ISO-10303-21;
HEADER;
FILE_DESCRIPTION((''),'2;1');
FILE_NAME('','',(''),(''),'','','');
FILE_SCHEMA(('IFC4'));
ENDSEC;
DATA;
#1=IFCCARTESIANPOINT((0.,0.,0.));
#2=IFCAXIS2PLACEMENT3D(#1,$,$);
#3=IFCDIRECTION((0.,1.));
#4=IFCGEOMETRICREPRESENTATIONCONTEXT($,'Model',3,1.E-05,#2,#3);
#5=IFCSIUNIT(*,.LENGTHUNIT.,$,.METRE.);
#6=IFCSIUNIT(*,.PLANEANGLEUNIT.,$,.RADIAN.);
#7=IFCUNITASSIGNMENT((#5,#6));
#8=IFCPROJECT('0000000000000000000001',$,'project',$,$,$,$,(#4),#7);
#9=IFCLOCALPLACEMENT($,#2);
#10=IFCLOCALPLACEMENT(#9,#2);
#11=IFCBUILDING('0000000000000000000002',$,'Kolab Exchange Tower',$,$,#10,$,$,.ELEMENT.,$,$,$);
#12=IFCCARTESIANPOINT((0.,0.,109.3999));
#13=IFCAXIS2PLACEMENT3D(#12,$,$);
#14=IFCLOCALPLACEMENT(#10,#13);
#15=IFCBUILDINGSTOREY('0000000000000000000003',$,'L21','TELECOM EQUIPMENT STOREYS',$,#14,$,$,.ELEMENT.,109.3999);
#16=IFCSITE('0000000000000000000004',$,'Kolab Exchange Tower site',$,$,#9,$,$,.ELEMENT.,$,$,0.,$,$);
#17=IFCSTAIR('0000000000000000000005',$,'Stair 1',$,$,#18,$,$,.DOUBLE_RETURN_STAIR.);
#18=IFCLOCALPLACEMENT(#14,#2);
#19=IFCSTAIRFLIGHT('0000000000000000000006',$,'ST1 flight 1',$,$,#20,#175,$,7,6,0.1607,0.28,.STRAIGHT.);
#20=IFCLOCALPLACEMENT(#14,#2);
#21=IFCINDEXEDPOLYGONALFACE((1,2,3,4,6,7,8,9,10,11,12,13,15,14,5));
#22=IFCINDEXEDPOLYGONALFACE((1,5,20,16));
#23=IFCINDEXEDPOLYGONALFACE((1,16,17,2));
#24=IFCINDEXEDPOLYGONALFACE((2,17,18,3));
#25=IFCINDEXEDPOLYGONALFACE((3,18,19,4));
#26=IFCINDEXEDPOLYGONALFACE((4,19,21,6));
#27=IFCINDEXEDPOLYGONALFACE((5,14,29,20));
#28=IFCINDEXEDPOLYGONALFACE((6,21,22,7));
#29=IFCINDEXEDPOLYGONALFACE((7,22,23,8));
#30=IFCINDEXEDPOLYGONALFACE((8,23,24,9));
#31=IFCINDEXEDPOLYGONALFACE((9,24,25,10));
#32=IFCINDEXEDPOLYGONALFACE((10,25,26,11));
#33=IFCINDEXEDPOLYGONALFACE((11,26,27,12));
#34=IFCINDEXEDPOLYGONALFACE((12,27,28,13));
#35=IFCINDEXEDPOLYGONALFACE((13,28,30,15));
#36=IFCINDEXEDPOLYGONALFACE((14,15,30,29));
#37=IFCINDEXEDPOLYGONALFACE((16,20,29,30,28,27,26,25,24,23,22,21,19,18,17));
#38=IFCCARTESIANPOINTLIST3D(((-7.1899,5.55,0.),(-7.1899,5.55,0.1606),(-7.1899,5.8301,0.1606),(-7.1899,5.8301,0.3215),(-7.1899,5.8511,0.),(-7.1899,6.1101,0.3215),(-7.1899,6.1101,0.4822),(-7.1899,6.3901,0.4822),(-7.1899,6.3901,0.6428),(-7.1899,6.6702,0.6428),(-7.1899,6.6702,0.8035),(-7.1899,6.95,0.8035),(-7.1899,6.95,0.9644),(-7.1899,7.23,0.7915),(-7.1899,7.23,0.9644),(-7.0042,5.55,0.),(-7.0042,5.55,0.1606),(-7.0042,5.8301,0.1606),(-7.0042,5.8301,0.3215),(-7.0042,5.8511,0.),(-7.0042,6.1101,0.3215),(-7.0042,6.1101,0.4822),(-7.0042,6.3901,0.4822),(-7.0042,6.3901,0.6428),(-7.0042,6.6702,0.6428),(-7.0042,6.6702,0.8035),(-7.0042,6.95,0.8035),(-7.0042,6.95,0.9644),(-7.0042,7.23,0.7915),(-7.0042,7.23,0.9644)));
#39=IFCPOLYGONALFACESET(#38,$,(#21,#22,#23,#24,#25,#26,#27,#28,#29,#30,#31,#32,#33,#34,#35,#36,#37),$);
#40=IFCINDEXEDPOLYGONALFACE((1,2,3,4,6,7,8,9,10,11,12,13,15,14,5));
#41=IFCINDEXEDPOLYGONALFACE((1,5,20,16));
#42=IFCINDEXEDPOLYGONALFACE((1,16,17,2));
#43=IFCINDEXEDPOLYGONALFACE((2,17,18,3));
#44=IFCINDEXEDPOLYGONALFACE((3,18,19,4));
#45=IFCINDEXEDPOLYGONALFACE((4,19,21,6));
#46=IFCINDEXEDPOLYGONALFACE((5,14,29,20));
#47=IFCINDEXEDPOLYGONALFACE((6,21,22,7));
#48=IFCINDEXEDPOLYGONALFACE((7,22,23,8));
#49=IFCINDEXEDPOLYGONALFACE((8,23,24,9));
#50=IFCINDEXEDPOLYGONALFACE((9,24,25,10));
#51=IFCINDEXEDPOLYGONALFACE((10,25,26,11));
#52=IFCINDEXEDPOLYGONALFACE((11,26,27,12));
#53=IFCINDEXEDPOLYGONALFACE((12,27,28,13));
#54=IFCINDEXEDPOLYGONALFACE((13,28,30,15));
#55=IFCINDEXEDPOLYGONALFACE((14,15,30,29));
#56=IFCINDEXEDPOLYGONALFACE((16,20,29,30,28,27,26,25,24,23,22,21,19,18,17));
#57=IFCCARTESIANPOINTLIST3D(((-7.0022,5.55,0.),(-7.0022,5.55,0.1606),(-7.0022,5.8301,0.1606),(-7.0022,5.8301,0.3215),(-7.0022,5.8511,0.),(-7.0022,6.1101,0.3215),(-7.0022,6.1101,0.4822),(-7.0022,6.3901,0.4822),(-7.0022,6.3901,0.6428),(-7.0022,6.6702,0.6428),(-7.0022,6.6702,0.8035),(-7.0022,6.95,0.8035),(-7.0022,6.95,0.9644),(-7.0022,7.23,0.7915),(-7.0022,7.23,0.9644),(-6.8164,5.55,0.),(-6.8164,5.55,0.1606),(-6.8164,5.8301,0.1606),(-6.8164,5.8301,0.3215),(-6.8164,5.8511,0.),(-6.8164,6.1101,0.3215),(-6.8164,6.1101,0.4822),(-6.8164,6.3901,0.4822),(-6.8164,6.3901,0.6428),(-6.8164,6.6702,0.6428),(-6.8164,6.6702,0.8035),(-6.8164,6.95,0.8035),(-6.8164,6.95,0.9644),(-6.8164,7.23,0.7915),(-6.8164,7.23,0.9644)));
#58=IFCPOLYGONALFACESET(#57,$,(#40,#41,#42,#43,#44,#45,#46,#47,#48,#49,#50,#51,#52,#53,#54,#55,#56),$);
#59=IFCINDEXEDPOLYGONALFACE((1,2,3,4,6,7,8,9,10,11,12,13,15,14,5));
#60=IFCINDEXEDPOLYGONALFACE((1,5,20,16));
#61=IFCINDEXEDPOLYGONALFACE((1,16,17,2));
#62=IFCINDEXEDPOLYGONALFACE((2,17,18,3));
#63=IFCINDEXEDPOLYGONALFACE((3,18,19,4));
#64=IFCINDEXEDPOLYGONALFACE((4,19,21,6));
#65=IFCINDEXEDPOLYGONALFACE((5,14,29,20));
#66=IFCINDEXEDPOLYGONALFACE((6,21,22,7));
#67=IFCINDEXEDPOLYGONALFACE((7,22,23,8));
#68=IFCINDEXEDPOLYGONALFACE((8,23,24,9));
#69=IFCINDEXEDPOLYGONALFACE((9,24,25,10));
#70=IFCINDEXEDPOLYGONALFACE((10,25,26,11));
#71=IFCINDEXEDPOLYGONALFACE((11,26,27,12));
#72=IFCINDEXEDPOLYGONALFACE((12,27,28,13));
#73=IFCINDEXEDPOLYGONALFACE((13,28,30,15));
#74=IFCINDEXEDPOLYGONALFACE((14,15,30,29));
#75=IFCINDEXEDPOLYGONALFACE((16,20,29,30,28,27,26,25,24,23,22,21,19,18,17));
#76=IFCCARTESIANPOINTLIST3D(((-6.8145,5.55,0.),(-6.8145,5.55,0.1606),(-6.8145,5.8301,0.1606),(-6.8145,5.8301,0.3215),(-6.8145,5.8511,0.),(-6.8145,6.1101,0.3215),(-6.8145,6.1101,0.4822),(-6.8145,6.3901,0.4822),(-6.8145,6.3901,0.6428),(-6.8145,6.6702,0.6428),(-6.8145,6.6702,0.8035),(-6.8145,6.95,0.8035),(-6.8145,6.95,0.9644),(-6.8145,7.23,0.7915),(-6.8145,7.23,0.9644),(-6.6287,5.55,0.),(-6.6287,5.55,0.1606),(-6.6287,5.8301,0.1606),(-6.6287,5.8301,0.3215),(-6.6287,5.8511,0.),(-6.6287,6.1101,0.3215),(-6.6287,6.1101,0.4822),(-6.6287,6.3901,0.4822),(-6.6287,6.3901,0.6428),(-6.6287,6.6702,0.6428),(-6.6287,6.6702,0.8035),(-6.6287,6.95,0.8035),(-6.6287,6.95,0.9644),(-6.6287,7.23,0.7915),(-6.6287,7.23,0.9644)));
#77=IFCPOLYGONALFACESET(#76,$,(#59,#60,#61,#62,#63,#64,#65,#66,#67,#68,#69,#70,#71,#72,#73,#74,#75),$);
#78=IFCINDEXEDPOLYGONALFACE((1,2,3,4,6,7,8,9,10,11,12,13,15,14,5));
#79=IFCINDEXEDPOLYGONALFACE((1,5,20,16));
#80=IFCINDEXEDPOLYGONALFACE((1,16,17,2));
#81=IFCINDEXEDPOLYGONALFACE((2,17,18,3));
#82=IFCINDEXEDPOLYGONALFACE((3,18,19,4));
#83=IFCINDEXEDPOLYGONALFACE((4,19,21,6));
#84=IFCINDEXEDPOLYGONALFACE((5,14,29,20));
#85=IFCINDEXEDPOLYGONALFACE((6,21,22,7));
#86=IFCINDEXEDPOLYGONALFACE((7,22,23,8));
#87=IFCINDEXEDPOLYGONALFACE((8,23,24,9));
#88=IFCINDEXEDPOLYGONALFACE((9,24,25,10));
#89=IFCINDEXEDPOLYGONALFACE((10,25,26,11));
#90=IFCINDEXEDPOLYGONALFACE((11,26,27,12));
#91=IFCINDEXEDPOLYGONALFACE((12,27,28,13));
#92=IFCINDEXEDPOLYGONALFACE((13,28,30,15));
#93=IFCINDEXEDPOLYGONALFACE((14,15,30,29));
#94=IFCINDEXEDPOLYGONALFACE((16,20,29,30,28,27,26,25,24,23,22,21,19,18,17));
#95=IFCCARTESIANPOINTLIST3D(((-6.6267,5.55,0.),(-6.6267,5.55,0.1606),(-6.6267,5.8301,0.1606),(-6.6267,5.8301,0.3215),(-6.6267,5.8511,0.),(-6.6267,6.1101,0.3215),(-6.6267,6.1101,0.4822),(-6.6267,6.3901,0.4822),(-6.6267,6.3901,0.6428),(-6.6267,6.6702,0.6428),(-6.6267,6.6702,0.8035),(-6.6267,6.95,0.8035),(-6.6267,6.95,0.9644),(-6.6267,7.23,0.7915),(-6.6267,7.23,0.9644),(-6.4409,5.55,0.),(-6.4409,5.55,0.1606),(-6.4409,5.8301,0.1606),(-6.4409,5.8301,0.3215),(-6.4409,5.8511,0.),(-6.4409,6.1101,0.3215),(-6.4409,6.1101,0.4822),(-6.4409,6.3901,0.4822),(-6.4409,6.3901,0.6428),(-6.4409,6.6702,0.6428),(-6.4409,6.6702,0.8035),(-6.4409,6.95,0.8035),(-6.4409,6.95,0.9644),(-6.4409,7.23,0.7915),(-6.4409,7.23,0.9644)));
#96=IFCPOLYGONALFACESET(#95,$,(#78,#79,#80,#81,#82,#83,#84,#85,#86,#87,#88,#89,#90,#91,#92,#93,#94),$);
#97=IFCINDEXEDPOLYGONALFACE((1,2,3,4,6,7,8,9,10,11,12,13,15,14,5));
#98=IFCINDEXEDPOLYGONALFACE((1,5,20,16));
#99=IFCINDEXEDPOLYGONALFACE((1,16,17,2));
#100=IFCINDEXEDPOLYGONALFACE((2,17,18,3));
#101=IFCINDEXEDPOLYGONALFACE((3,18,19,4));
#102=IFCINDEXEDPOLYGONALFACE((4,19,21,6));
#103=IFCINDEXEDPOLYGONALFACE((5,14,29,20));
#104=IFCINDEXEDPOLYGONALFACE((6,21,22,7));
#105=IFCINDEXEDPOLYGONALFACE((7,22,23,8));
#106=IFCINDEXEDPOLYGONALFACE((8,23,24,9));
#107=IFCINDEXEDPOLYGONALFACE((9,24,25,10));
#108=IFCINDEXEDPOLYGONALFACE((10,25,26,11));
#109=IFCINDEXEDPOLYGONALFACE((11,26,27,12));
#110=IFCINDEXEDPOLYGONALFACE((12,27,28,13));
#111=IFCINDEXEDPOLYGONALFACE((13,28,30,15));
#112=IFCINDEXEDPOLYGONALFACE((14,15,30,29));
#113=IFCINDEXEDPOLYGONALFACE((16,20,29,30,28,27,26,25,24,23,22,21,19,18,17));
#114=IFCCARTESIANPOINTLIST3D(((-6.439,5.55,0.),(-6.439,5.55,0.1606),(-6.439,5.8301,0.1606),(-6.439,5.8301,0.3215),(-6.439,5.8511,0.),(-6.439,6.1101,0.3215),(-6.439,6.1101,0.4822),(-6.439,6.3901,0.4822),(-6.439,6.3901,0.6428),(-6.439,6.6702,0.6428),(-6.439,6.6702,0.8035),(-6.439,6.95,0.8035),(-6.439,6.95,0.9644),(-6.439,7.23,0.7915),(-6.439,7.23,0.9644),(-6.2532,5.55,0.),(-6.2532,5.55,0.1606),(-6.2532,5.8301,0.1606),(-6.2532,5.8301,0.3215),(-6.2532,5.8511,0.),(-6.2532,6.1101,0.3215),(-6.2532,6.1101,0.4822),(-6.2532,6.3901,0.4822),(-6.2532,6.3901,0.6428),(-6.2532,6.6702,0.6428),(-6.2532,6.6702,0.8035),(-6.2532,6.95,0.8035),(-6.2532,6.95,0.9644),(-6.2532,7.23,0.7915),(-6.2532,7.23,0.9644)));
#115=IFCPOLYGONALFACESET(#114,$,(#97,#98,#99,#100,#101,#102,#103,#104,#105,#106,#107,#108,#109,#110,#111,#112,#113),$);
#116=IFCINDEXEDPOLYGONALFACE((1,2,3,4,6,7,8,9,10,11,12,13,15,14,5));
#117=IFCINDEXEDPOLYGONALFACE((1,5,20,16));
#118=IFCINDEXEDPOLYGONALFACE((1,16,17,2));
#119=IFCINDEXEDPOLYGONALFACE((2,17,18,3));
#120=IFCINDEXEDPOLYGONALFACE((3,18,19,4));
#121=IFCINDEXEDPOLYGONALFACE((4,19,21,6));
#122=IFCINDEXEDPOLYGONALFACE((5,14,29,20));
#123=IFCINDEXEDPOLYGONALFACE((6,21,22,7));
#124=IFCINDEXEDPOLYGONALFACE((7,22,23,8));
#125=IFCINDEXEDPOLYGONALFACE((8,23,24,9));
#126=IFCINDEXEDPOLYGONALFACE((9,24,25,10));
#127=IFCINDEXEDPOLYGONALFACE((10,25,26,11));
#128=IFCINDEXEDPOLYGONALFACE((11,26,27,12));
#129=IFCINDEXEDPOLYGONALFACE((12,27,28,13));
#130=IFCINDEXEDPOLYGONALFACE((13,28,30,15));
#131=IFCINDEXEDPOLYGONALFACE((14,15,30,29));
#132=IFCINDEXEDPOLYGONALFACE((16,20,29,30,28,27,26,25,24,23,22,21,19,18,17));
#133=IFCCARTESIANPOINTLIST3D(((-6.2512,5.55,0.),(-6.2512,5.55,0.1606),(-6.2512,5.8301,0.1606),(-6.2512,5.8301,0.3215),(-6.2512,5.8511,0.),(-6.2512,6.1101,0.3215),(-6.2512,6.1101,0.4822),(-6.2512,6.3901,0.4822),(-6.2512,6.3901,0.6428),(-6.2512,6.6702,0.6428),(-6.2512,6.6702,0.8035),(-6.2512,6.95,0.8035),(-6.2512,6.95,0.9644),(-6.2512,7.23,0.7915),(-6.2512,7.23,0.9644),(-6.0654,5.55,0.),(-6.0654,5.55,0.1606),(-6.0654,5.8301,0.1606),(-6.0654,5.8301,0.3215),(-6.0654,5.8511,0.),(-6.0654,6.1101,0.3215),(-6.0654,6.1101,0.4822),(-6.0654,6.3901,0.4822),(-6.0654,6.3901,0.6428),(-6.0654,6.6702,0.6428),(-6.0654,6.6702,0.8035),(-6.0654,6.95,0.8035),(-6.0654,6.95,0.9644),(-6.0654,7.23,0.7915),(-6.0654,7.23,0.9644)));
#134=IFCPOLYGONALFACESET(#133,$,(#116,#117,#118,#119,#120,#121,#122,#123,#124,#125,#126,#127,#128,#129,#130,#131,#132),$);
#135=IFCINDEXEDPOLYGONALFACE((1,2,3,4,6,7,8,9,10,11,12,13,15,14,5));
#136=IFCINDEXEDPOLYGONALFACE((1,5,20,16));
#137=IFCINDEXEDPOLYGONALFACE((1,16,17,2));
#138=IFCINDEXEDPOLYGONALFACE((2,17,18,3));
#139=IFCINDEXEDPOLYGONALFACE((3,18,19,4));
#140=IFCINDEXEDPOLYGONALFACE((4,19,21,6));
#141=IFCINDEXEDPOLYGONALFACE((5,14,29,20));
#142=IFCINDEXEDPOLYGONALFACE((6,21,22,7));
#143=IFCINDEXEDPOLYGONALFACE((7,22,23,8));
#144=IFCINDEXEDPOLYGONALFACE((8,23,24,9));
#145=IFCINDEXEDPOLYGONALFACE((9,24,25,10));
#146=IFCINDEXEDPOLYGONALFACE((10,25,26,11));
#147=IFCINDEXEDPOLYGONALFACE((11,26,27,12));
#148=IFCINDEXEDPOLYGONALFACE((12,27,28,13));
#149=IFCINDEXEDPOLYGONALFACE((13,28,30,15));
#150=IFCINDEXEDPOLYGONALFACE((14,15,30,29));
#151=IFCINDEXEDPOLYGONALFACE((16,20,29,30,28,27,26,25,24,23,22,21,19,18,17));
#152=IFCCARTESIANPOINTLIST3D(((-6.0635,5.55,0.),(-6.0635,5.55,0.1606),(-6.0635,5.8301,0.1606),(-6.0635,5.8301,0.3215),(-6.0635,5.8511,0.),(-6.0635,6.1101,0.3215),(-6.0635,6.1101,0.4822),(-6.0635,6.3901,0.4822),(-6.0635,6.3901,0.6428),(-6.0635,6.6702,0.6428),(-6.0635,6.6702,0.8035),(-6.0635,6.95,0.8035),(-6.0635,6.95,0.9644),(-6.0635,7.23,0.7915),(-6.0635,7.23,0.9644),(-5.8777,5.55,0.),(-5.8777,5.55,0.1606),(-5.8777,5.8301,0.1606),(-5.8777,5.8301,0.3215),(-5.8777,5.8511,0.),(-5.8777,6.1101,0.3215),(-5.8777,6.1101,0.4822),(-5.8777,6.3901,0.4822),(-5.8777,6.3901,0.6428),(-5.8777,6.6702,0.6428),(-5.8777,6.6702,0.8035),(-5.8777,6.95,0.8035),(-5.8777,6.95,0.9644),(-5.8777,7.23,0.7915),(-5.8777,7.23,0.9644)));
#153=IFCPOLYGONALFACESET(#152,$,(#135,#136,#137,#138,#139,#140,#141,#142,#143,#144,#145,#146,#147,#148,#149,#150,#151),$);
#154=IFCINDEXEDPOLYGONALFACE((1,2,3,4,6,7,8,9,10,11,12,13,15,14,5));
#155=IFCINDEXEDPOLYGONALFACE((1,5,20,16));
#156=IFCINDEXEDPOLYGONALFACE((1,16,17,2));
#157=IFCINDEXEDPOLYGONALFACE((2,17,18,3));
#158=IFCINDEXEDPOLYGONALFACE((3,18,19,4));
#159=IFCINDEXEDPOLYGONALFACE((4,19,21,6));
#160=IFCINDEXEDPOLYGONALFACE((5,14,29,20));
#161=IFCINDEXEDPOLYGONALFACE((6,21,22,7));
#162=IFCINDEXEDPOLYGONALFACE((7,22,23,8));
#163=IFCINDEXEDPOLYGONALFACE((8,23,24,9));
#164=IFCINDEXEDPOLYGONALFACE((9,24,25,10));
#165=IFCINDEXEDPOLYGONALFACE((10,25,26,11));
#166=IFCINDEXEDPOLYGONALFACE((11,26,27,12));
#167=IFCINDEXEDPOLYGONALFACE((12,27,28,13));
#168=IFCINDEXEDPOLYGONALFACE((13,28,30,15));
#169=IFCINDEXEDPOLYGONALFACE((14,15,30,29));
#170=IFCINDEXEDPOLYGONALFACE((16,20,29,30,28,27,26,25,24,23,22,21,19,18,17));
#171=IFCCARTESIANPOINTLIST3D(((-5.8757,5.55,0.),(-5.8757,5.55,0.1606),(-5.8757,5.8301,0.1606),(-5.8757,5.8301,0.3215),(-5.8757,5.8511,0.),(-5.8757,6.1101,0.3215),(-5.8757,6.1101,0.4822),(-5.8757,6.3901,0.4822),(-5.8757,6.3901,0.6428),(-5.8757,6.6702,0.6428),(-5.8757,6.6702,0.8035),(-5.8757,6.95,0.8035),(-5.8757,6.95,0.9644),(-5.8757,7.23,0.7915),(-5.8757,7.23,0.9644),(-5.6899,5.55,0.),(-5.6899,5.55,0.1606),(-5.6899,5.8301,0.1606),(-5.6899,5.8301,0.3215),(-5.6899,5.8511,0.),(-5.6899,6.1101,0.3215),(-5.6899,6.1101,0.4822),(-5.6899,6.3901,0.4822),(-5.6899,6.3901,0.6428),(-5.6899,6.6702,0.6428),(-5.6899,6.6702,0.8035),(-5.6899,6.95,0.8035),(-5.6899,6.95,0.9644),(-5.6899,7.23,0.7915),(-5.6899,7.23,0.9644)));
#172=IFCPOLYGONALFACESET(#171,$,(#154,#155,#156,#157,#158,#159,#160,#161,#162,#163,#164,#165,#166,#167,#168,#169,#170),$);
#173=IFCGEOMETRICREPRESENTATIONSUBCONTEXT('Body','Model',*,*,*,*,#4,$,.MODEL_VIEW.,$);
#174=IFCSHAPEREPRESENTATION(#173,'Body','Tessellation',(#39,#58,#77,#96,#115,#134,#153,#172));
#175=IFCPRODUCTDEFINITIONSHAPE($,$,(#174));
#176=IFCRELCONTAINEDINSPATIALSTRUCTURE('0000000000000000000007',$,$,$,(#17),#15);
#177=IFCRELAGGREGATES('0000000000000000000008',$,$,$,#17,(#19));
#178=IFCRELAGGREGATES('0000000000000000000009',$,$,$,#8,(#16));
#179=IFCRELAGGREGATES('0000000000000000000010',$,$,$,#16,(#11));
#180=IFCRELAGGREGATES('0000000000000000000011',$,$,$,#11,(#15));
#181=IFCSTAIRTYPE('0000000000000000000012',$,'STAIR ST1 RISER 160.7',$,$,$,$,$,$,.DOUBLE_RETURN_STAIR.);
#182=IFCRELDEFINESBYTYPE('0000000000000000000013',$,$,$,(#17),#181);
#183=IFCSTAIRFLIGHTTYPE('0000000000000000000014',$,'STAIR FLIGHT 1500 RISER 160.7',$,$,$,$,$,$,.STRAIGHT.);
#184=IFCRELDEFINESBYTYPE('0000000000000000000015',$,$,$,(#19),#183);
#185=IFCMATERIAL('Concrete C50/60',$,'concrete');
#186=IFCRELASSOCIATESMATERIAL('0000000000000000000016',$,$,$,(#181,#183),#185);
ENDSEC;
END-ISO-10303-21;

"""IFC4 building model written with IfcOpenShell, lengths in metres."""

from ifc_helpers import new_model, si_unit, direction, frame, origin, place, context, subcontext, project, spatial, polyline, outline, extrude, material, type_object, element, aggregate, save


model = new_model("IFC4")

# Units and contexts
model_context = context("Model", 3, precision=1e-05, world=origin(), true_north=direction((0.0, 1.0)))
body_context = subcontext(model_context, "Body", "Model", "MODEL_VIEW")
ifc_project = project(units=[si_unit("LENGTHUNIT", "METRE"), si_unit("PLANEANGLEUNIT", "RADIAN")], contexts=[model_context])

# Site, building, storey
site_placement = place(None, origin())
site = spatial("IfcSite", under=ifc_project, at=site_placement, Name="Kolab Exchange Tower site", CompositionType="ELEMENT", RefElevation=0.0)
building_placement = place(site_placement, origin())
building = spatial("IfcBuilding", under=site, at=building_placement, Name="Kolab Exchange Tower", CompositionType="ELEMENT")
storey_placement = place(building_placement, frame((0.0, 0.0, 109.3999)))
storey = spatial("IfcBuildingStorey", under=building, at=storey_placement, Name="L21", Description="TELECOM EQUIPMENT STOREYS", CompositionType="ELEMENT", Elevation=109.3999)

# Shared definitions
ifc_material_1 = material(Name="Concrete C50/60", Category="concrete")

# Stair, stair flight
stair_type = type_object("IfcStairType", Name="STAIR ST1 RISER 160.7", PredefinedType="DOUBLE_RETURN_STAIR", material=ifc_material_1)
stair_placement = place(storey_placement, origin())
stair = element("IfcStair", 1, at=stair_placement, inside=storey, type_object=stair_type, Name="Stair 1", PredefinedType="DOUBLE_RETURN_STAIR")
stair_flight_type = type_object("IfcStairFlightType", Name="STAIR FLIGHT 1500 RISER 160.7", PredefinedType="STRAIGHT", material=ifc_material_1)
stair_flight_1_placement = place(storey_placement, frame((-6.4399, 5.55, 0.0), z_axis=(0.0, 0.0, 1.0), x_axis=(0.0, 1.0, 0.0)))
stair_flight_1 = element("IfcStairFlight", 2, at=stair_flight_1_placement, type_object=stair_flight_type, Name="ST1 flight 1", NumberOfRisers=7, NumberOfTreads=6, PredefinedType="STRAIGHT", RiserHeight=0.1607, TreadLength=0.28, context=body_context, shape_type="SweptSolid", body=[
    extrude(outline(polyline([(0.0, 0.0), (0.0, 0.1606), (0.28, 0.1606), (0.28, 0.3215), (0.5601, 0.3215), (0.5601, 0.4822), (0.8401, 0.4822), (0.8401, 0.6428), (1.1201, 0.6428), (1.1201, 0.8035), (1.3999, 0.8035), (1.3999, 0.9644), (1.6799, 0.9644), (1.6799, 1.125), (1.6799, 0.7915), (0.301, 0.0), (0.0, 0.0)])), frame((0.0, 0.75, 0.0), z_axis=(0.0, -1.0, 0.0), x_axis=(1.0, 0.0, 0.0)), (0.0, 0.0, 1.0), 0.1858),
    extrude(outline(polyline([(0.0, 0.0), (0.0, 0.1606), (0.28, 0.1606), (0.28, 0.3215), (0.5601, 0.3215), (0.5601, 0.4822), (0.8401, 0.4822), (0.8401, 0.6428), (1.1201, 0.6428), (1.1201, 0.8035), (1.3999, 0.8035), (1.3999, 0.9644), (1.6799, 0.9644), (1.6799, 1.125), (1.6799, 0.7915), (0.301, 0.0), (0.0, 0.0)])), frame((0.0, 0.5623, 0.0), z_axis=(0.0, -1.0, 0.0), x_axis=(1.0, 0.0, 0.0)), (0.0, 0.0, 1.0), 0.1858),
    extrude(outline(polyline([(0.0, 0.0), (0.0, 0.1606), (0.28, 0.1606), (0.28, 0.3215), (0.5601, 0.3215), (0.5601, 0.4822), (0.8401, 0.4822), (0.8401, 0.6428), (1.1201, 0.6428), (1.1201, 0.8035), (1.3999, 0.8035), (1.3999, 0.9644), (1.6799, 0.9644), (1.6799, 1.125), (1.6799, 0.7915), (0.301, 0.0), (0.0, 0.0)])), frame((0.0, 0.3745, 0.0), z_axis=(0.0, -1.0, 0.0), x_axis=(1.0, 0.0, 0.0)), (0.0, 0.0, 1.0), 0.1858),
    extrude(outline(polyline([(0.0, 0.0), (0.0, 0.1606), (0.28, 0.1606), (0.28, 0.3215), (0.5601, 0.3215), (0.5601, 0.4822), (0.8401, 0.4822), (0.8401, 0.6428), (1.1201, 0.6428), (1.1201, 0.8035), (1.3999, 0.8035), (1.3999, 0.9644), (1.6799, 0.9644), (1.6799, 1.125), (1.6799, 0.7915), (0.301, 0.0), (0.0, 0.0)])), frame((0.0, 0.1868, 0.0), z_axis=(0.0, -1.0, 0.0), x_axis=(1.0, 0.0, 0.0)), (0.0, 0.0, 1.0), 0.1858),
    extrude(outline(polyline([(0.0, 0.0), (0.0, 0.1606), (0.28, 0.1606), (0.28, 0.3215), (0.5601, 0.3215), (0.5601, 0.4822), (0.8401, 0.4822), (0.8401, 0.6428), (1.1201, 0.6428), (1.1201, 0.8035), (1.3999, 0.8035), (1.3999, 0.9644), (1.6799, 0.9644), (1.6799, 1.125), (1.6799, 0.7915), (0.301, 0.0), (0.0, 0.0)])), frame((0.0, -0.001, 0.0), z_axis=(0.0, -1.0, 0.0), x_axis=(1.0, 0.0, 0.0)), (0.0, 0.0, 1.0), 0.1858),
    extrude(outline(polyline([(0.0, 0.0), (0.0, 0.1606), (0.28, 0.1606), (0.28, 0.3215), (0.5601, 0.3215), (0.5601, 0.4822), (0.8401, 0.4822), (0.8401, 0.6428), (1.1201, 0.6428), (1.1201, 0.8035), (1.3999, 0.8035), (1.3999, 0.9644), (1.6799, 0.9644), (1.6799, 1.125), (1.6799, 0.7915), (0.301, 0.0), (0.0, 0.0)])), frame((0.0, -0.1887, 0.0), z_axis=(0.0, -1.0, 0.0), x_axis=(1.0, 0.0, 0.0)), (0.0, 0.0, 1.0), 0.1858),
    extrude(outline(polyline([(0.0, 0.0), (0.0, 0.1606), (0.28, 0.1606), (0.28, 0.3215), (0.5601, 0.3215), (0.5601, 0.4822), (0.8401, 0.4822), (0.8401, 0.6428), (1.1201, 0.6428), (1.1201, 0.8035), (1.3999, 0.8035), (1.3999, 0.9644), (1.6799, 0.9644), (1.6799, 1.125), (1.6799, 0.7915), (0.301, 0.0), (0.0, 0.0)])), frame((0.0, -0.3765, 0.0), z_axis=(0.0, -1.0, 0.0), x_axis=(1.0, 0.0, 0.0)), (0.0, 0.0, 1.0), 0.1858),
    extrude(outline(polyline([(0.0, 0.0), (0.0, 0.1606), (0.28, 0.1606), (0.28, 0.3215), (0.5601, 0.3215), (0.5601, 0.4822), (0.8401, 0.4822), (0.8401, 0.6428), (1.1201, 0.6428), (1.1201, 0.8035), (1.3999, 0.8035), (1.3999, 0.9644), (1.6799, 0.9644), (1.6799, 1.125), (1.6799, 0.7915), (0.301, 0.0), (0.0, 0.0)])), frame((0.0, -0.5642, 0.0), z_axis=(0.0, -1.0, 0.0), x_axis=(1.0, 0.0, 0.0)), (0.0, 0.0, 1.0), 0.1858),
])
aggregate(stair, [stair_flight_1])

save(model, "model.ifc")
